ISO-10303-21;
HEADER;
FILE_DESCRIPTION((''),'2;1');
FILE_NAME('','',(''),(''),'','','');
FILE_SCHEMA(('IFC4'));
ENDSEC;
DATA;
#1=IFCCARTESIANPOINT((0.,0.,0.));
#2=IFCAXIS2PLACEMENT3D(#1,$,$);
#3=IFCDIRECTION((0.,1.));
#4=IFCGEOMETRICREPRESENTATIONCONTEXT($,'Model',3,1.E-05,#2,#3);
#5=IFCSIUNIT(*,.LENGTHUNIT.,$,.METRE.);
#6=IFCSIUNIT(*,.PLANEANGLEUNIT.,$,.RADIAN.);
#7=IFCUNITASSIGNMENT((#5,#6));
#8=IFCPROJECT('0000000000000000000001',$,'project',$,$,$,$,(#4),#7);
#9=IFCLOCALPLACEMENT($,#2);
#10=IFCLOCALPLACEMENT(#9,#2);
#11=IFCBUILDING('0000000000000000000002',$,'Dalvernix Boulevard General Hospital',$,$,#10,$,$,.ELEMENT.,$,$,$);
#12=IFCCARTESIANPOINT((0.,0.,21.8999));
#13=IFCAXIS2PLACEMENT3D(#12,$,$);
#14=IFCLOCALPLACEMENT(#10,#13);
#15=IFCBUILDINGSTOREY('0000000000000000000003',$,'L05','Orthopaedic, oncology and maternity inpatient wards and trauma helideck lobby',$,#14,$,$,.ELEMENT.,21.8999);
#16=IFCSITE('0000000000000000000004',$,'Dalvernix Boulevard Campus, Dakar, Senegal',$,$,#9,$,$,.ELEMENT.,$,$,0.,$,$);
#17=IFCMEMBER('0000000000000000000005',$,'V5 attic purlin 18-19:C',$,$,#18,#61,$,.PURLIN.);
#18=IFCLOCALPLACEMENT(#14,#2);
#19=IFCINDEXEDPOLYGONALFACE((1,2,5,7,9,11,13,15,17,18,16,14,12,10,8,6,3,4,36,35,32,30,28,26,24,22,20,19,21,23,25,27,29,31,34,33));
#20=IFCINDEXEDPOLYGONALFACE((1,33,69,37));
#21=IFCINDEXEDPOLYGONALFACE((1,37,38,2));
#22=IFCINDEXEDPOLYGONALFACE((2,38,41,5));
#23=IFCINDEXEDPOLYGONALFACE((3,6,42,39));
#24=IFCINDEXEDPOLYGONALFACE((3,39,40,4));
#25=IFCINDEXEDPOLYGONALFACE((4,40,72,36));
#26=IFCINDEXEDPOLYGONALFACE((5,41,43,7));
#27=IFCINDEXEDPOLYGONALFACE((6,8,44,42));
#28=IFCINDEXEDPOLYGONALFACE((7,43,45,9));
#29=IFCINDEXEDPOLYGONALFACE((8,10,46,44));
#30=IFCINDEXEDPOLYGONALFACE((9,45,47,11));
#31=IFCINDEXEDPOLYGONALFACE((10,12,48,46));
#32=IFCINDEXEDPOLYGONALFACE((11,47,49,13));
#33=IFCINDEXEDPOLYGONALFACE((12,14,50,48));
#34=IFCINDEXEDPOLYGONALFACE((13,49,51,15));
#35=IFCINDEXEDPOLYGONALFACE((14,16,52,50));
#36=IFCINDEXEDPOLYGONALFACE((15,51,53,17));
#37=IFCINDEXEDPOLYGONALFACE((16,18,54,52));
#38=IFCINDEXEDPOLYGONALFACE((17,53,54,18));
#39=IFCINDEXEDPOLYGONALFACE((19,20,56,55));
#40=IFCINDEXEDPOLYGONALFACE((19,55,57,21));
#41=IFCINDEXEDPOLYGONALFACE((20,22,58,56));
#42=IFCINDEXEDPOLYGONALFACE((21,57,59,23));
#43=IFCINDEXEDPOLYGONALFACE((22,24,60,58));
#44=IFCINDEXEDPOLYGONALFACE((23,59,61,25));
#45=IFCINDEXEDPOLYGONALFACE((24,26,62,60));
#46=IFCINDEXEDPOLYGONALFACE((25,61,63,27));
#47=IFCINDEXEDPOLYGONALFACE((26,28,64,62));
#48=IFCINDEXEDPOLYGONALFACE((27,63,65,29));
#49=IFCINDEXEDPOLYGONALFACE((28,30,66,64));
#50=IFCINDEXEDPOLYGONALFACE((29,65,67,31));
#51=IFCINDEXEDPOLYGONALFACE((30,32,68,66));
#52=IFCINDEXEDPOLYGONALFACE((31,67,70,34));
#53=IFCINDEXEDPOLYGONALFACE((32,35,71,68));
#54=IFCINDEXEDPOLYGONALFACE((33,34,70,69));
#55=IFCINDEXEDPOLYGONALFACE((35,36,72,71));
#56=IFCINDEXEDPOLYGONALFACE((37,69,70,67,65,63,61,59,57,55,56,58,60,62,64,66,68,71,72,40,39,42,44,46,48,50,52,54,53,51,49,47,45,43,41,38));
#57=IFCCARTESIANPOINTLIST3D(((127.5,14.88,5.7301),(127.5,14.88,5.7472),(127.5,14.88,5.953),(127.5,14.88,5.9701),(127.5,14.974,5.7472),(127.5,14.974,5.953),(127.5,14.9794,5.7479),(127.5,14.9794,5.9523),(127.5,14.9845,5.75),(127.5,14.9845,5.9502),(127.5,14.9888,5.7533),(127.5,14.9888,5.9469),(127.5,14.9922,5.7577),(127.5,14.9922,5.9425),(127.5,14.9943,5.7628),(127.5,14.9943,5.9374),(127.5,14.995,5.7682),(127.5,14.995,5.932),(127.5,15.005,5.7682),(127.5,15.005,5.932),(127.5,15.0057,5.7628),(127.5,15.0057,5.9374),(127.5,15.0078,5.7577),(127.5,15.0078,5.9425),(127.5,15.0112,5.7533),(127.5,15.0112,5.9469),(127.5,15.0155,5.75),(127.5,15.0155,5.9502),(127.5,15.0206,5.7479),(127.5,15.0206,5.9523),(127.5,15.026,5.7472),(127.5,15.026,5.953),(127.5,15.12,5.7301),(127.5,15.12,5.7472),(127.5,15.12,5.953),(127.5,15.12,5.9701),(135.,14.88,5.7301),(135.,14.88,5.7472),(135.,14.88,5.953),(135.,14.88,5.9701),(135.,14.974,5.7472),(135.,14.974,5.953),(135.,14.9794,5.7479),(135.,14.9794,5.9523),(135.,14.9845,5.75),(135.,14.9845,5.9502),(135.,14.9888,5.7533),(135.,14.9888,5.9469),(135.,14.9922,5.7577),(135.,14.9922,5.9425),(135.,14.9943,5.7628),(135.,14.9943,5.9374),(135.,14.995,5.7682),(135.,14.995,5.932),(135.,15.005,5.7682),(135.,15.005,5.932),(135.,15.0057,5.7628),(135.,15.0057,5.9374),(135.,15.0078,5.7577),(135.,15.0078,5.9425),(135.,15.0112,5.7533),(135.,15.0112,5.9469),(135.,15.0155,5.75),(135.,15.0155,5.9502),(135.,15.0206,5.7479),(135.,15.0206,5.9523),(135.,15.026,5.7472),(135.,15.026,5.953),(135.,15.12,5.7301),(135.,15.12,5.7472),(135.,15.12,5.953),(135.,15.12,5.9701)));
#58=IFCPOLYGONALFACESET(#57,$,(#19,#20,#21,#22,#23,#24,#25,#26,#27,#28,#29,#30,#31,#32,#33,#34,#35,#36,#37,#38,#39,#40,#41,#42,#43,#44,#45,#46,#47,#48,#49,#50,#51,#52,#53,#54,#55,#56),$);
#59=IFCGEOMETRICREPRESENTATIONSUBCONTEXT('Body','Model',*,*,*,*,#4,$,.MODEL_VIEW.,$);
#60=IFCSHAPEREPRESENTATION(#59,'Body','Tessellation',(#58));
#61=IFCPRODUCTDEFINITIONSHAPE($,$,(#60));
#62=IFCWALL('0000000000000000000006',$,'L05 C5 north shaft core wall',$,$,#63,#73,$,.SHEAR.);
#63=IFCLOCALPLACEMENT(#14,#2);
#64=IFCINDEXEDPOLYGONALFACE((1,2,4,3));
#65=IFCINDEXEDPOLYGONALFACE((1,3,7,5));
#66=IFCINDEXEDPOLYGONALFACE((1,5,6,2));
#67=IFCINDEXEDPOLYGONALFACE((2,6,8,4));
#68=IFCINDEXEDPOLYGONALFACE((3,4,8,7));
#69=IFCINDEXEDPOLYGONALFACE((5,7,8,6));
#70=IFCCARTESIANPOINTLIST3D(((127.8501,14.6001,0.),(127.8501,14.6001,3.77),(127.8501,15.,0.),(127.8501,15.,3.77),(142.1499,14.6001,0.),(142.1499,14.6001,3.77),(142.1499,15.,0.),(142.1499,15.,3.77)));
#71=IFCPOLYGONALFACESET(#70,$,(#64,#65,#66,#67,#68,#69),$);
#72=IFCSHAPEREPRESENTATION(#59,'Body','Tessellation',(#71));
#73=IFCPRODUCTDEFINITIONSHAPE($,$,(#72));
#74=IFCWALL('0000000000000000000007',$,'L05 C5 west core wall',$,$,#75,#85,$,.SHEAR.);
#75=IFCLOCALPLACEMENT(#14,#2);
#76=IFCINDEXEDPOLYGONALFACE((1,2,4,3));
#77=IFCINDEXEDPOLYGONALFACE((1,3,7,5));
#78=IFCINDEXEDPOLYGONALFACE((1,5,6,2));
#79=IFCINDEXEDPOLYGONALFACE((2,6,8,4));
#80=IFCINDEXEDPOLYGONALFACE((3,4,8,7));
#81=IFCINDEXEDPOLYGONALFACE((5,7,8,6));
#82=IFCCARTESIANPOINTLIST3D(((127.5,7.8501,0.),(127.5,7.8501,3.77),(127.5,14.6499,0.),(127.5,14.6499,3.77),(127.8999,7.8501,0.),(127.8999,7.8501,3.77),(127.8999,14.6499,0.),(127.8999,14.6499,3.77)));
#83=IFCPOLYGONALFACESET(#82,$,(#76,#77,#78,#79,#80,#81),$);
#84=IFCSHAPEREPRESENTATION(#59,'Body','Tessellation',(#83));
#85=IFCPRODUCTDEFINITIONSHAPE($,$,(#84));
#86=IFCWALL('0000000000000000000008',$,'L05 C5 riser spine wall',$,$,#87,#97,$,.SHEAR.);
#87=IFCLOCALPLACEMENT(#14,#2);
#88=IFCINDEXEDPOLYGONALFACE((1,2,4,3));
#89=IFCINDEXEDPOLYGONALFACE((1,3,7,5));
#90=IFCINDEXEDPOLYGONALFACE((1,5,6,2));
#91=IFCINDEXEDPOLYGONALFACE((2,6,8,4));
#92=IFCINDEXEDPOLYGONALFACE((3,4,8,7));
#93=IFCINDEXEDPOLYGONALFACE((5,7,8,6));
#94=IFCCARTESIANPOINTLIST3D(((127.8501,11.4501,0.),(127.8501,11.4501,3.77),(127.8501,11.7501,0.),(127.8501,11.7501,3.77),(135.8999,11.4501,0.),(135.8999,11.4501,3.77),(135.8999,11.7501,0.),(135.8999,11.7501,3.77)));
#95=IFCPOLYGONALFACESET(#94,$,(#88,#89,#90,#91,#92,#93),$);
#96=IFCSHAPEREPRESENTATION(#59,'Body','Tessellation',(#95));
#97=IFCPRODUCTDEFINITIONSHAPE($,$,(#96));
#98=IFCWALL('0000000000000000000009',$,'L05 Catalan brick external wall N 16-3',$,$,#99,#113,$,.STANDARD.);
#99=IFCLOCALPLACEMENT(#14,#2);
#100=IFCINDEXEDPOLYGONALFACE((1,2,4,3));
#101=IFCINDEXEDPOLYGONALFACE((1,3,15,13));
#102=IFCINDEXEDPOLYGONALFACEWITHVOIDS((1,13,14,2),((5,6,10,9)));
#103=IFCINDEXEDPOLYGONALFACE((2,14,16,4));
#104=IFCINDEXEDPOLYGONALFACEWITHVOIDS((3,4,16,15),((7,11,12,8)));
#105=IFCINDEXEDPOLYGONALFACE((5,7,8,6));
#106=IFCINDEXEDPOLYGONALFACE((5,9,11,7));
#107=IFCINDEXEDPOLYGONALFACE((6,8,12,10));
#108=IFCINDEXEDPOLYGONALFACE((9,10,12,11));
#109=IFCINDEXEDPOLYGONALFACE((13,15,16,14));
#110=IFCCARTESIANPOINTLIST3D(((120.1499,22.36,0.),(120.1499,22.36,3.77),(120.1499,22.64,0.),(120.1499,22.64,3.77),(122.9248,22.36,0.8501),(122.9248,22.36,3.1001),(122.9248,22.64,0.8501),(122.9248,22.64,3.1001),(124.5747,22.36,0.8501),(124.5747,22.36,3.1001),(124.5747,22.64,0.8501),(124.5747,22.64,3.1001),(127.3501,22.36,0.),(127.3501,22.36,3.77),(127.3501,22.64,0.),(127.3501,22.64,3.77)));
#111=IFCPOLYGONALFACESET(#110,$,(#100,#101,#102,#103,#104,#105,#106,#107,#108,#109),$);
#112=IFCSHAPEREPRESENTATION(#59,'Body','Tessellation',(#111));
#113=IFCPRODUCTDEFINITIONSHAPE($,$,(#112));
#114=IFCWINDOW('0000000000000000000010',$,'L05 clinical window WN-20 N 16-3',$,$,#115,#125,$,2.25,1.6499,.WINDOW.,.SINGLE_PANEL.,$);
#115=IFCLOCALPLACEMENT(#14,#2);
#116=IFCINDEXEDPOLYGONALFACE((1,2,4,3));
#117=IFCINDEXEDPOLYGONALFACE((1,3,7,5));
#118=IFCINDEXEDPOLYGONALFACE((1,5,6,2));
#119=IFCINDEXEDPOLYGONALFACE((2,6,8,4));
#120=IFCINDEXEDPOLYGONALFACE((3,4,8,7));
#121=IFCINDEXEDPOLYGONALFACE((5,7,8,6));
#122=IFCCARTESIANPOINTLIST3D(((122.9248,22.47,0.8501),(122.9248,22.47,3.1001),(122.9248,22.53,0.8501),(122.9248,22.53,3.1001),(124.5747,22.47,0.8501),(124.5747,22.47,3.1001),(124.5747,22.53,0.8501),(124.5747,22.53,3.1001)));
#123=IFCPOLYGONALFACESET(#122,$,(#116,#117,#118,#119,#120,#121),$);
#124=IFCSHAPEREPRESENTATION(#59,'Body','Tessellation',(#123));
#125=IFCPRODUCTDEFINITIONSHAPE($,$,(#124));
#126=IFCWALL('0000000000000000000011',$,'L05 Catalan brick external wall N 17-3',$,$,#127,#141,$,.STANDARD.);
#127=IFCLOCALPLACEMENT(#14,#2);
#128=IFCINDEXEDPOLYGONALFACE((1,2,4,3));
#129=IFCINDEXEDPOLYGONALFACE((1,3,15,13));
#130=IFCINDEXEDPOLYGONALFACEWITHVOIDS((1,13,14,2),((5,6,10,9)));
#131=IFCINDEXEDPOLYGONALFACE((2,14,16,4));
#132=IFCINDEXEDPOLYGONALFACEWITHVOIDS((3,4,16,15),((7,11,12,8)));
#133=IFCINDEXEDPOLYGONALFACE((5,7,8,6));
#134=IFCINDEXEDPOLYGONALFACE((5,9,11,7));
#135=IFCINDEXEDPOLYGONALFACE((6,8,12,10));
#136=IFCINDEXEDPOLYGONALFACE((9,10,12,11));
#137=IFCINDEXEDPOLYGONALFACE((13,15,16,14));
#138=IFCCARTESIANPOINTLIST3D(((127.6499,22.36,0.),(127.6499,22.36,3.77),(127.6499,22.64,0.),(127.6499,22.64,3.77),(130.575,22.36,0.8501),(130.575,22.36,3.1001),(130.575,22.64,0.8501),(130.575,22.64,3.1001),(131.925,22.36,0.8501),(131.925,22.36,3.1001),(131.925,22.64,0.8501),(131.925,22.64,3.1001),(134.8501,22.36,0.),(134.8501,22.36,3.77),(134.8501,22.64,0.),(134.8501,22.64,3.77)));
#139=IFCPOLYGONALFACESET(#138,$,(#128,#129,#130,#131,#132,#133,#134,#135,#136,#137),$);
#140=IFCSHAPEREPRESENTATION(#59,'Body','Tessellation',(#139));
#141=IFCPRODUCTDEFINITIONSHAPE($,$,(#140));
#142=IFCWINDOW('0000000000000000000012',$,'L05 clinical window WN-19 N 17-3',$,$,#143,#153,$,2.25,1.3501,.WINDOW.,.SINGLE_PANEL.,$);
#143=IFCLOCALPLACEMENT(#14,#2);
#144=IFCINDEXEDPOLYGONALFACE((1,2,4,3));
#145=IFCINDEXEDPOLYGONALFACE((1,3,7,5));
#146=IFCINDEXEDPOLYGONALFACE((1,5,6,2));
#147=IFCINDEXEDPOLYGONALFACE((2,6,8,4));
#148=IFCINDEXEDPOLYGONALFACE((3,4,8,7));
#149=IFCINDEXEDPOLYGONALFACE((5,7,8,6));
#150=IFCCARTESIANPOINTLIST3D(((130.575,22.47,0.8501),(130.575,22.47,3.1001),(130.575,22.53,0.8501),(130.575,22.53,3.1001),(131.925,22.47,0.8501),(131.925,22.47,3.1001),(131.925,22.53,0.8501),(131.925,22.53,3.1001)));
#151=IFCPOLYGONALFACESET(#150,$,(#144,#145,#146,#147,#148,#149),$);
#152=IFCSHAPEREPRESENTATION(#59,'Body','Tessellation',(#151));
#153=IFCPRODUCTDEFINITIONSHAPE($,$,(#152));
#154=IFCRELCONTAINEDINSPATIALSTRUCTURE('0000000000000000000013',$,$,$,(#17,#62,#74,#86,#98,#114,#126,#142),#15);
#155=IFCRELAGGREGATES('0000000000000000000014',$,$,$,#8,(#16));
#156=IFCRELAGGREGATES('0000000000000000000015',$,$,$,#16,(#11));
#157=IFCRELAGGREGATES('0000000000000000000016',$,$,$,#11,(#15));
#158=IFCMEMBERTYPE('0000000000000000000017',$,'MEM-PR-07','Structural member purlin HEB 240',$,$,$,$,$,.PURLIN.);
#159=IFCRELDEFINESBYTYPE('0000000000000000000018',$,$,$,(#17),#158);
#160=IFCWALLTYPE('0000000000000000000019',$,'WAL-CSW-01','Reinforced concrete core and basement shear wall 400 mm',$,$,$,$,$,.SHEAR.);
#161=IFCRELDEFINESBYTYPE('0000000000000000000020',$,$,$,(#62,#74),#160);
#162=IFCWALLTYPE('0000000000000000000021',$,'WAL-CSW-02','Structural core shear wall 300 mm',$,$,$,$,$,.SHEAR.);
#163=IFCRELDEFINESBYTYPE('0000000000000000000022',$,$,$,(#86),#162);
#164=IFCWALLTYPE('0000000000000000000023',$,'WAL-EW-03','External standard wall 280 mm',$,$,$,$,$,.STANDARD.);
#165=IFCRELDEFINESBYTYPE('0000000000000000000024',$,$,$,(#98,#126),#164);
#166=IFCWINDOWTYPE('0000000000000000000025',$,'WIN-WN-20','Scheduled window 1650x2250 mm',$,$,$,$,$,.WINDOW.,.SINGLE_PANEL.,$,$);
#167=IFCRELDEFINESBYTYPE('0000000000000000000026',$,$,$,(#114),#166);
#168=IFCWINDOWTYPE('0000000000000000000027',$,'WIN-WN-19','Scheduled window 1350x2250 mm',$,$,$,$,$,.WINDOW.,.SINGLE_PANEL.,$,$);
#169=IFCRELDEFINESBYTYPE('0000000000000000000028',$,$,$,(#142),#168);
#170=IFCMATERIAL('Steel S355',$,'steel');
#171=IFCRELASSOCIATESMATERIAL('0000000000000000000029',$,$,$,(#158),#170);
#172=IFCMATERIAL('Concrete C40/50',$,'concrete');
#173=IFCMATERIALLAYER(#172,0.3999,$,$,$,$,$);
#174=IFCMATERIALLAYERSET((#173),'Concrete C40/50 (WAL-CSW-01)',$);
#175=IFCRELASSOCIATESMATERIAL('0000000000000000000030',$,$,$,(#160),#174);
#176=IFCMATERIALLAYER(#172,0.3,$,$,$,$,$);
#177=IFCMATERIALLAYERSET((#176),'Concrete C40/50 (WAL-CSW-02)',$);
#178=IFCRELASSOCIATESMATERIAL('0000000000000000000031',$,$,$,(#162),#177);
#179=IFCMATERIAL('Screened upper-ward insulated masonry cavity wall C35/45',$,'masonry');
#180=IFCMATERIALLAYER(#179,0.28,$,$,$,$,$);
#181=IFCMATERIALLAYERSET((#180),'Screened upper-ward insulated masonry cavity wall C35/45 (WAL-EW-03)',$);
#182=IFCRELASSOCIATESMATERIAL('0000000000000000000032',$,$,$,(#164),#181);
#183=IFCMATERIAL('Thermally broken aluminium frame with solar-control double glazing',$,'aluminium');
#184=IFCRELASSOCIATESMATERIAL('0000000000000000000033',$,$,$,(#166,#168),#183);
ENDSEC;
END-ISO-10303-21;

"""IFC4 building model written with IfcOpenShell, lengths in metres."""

from ifc_helpers import new_model, si_unit, direction, frame, frame_2d, origin, origin_2d, place, context, subcontext, project, spatial, rectangle, i_section, extrude, material, layer, layer_set, material_profile, profile_set, type_object, element, fill, save


model = new_model("IFC4")

# Units and contexts
model_context = context("Model", 3, precision=1e-05, world=origin(), true_north=direction((0.0, 1.0)))
body_context = subcontext(model_context, "Body", "Model", "MODEL_VIEW")
ifc_project = project(units=[si_unit("LENGTHUNIT", "METRE"), si_unit("PLANEANGLEUNIT", "RADIAN")], contexts=[model_context])

# Site, building, storey
site_placement = place(None, origin())
site = spatial("IfcSite", under=ifc_project, at=site_placement, Name="Dalvernix Boulevard Campus, Dakar, Senegal", CompositionType="ELEMENT", RefElevation=0.0)
building_placement = place(site_placement, origin())
building = spatial("IfcBuilding", under=site, at=building_placement, Name="Dalvernix Boulevard General Hospital", CompositionType="ELEMENT")
storey_placement = place(building_placement, frame((0.0, 0.0, 21.8999)))
storey = spatial("IfcBuildingStorey", under=building, at=storey_placement, Name="L05", Description="Orthopaedic, oncology and maternity inpatient wards and trauma helideck lobby", CompositionType="ELEMENT", Elevation=21.8999)

# Shared definitions
ifc_material_1 = material(Name="Concrete C40/50", Category="concrete")
ifc_material_2 = material(Name="Steel S355", Category="steel")

# Member
ifc_material_profile_1 = material_profile(ifc_material_2, i_section(OverallWidth=0.24, OverallDepth=0.24, WebThickness=0.01, FlangeThickness=0.0171, FilletRadius=0.021, at=origin_2d()), Name="HEB 240")
ifc_profile_set_1 = profile_set([ifc_material_profile_1], Name="Steel S355")
member_type = type_object("IfcMemberType", Name="MEM-PR-07", Description="Structural member purlin HEB 240", PredefinedType="PURLIN", material=ifc_profile_set_1)
member_placement = place(storey_placement, frame((127.5, 15.0, 5.8501), z_axis=(1.0, 0.0, 0.0), x_axis=(0.0, 1.0, 0.0)))
element("IfcMember", 1, at=member_placement, inside=storey, type_object=member_type, Name="V5 attic purlin 18-19:C", PredefinedType="PURLIN", context=body_context, shape_type="SweptSolid", body=[
    extrude(i_section(OverallWidth=0.24, OverallDepth=0.24, WebThickness=0.01, FlangeThickness=0.0171, FilletRadius=0.021, at=origin_2d()), origin(), (0.0, 0.0, 1.0), 7.5),
])

# Walls
ifc_layer_1 = layer(ifc_material_1, 0.3999)
ifc_layer_set_1 = layer_set([ifc_layer_1], Name="Concrete C40/50 (WAL-CSW-01)")
wall_type_1 = type_object("IfcWallType", Name="WAL-CSW-01", Description="Reinforced concrete core and basement shear wall 400 mm", PredefinedType="SHEAR", material=ifc_layer_set_1)
wall_1_placement = place(storey_placement, frame((127.8501, 14.8, 0.0), z_axis=(0.0, 0.0, 1.0), x_axis=(1.0, 0.0, 0.0)))
element("IfcWall", 2, at=wall_1_placement, inside=storey, type_object=wall_type_1, Name="L05 C5 north shaft core wall", PredefinedType="SHEAR", context=body_context, shape_type="SweptSolid", body=[
    extrude(rectangle(XDim=14.2998, YDim=0.3999, at=frame_2d((7.1499, 0.0))), origin(), (0.0, 0.0, 1.0), 3.77),
])
wall_2_placement = place(storey_placement, frame((127.7, 7.8501, 0.0), z_axis=(0.0, 0.0, 1.0), x_axis=(0.0, 1.0, 0.0)))
element("IfcWall", 3, at=wall_2_placement, inside=storey, type_object=wall_type_1, Name="L05 C5 west core wall", PredefinedType="SHEAR", context=body_context, shape_type="SweptSolid", body=[
    extrude(rectangle(XDim=6.7998, YDim=0.3999, at=frame_2d((3.3999, 0.0))), origin(), (0.0, 0.0, 1.0), 3.77),
])
ifc_layer_2 = layer(ifc_material_1, 0.3)
ifc_layer_set_2 = layer_set([ifc_layer_2], Name="Concrete C40/50 (WAL-CSW-02)")
wall_type_2 = type_object("IfcWallType", Name="WAL-CSW-02", Description="Structural core shear wall 300 mm", PredefinedType="SHEAR", material=ifc_layer_set_2)
wall_3_placement = place(storey_placement, frame((127.8501, 11.6001, 0.0), z_axis=(0.0, 0.0, 1.0), x_axis=(1.0, 0.0, 0.0)))
element("IfcWall", 4, at=wall_3_placement, inside=storey, type_object=wall_type_2, Name="L05 C5 riser spine wall", PredefinedType="SHEAR", context=body_context, shape_type="SweptSolid", body=[
    extrude(rectangle(XDim=8.0498, YDim=0.3, at=frame_2d((4.0249, 0.0))), origin(), (0.0, 0.0, 1.0), 3.77),
])

# Walls, openings, windows
ifc_material_3 = material(Name="Screened upper-ward insulated masonry cavity wall C35/45", Category="masonry")
ifc_layer_3 = layer(ifc_material_3, 0.28)
ifc_layer_set_3 = layer_set([ifc_layer_3], Name="Screened upper-ward insulated masonry cavity wall C35/45 (WAL-EW-03)")
wall_type_3 = type_object("IfcWallType", Name="WAL-EW-03", Description="External standard wall 280 mm", PredefinedType="STANDARD", material=ifc_layer_set_3)
wall_4_placement = place(storey_placement, frame((120.1499, 22.5, 0.0), z_axis=(0.0, 0.0, 1.0), x_axis=(1.0, 0.0, 0.0)))
wall_4 = element("IfcWall", 5, at=wall_4_placement, inside=storey, type_object=wall_type_3, Name="L05 Catalan brick external wall N 16-3", PredefinedType="STANDARD", context=body_context, shape_type="SweptSolid", body=[
    extrude(rectangle(XDim=7.2002, YDim=0.28, at=frame_2d((3.6001, 0.0))), origin(), (0.0, 0.0, 1.0), 3.77),
])
opening_1_placement = place(wall_4_placement, frame((2.7749, 0.0, 0.8501)))
opening_1 = element("IfcOpeningElement", 6, at=opening_1_placement, cuts=wall_4, PredefinedType="OPENING", context=body_context, shape_type="SweptSolid", body=[
    extrude(rectangle(XDim=1.6499, YDim=2.25, at=frame_2d((0.825, 1.125))), frame((0.0, 0.1499, 0.0), z_axis=(0.0, -1.0, 0.0), x_axis=(1.0, 0.0, 0.0)), (0.0, 0.0, 1.0), 0.3),
])
ifc_material_4 = material(Name="Thermally broken aluminium frame with solar-control double glazing", Category="aluminium")
window_type_1 = type_object("IfcWindowType", Name="WIN-WN-20", Description="Scheduled window 1650x2250 mm", PartitioningType="SINGLE_PANEL", PredefinedType="WINDOW", material=ifc_material_4)
window_1_placement = place(opening_1_placement, origin())
window_1 = element("IfcWindow", 7, at=window_1_placement, inside=storey, type_object=window_type_1, Name="L05 clinical window WN-20 N 16-3", OverallHeight=2.25, OverallWidth=1.6499, PartitioningType="SINGLE_PANEL", PredefinedType="WINDOW", context=body_context, shape_type="SweptSolid", body=[
    extrude(rectangle(XDim=1.6499, YDim=2.25, at=frame_2d((0.825, 1.125))), frame((0.0, 0.03, 0.0), z_axis=(0.0, -1.0, 0.0), x_axis=(1.0, 0.0, 0.0)), (0.0, 0.0, 1.0), 0.0601),
])
fill(opening_1, window_1)
wall_5_placement = place(storey_placement, frame((127.6499, 22.5, 0.0), z_axis=(0.0, 0.0, 1.0), x_axis=(1.0, 0.0, 0.0)))
wall_5 = element("IfcWall", 8, at=wall_5_placement, inside=storey, type_object=wall_type_3, Name="L05 Catalan brick external wall N 17-3", PredefinedType="STANDARD", context=body_context, shape_type="SweptSolid", body=[
    extrude(rectangle(XDim=7.2002, YDim=0.28, at=frame_2d((3.6001, 0.0))), origin(), (0.0, 0.0, 1.0), 3.77),
])
opening_2_placement = place(wall_5_placement, frame((2.925, 0.0, 0.8501)))
opening_2 = element("IfcOpeningElement", 9, at=opening_2_placement, cuts=wall_5, PredefinedType="OPENING", context=body_context, shape_type="SweptSolid", body=[
    extrude(rectangle(XDim=1.3501, YDim=2.25, at=frame_2d((0.675, 1.125))), frame((0.0, 0.1499, 0.0), z_axis=(0.0, -1.0, 0.0), x_axis=(1.0, 0.0, 0.0)), (0.0, 0.0, 1.0), 0.3),
])
window_type_2 = type_object("IfcWindowType", Name="WIN-WN-19", Description="Scheduled window 1350x2250 mm", PartitioningType="SINGLE_PANEL", PredefinedType="WINDOW", material=ifc_material_4)
window_2_placement = place(opening_2_placement, origin())
window_2 = element("IfcWindow", 10, at=window_2_placement, inside=storey, type_object=window_type_2, Name="L05 clinical window WN-19 N 17-3", OverallHeight=2.25, OverallWidth=1.3501, PartitioningType="SINGLE_PANEL", PredefinedType="WINDOW", context=body_context, shape_type="SweptSolid", body=[
    extrude(rectangle(XDim=1.3501, YDim=2.25, at=frame_2d((0.675, 1.125))), frame((0.0, 0.03, 0.0), z_axis=(0.0, -1.0, 0.0), x_axis=(1.0, 0.0, 0.0)), (0.0, 0.0, 1.0), 0.0601),
])
fill(opening_2, window_2)

save(model, "model.ifc")
